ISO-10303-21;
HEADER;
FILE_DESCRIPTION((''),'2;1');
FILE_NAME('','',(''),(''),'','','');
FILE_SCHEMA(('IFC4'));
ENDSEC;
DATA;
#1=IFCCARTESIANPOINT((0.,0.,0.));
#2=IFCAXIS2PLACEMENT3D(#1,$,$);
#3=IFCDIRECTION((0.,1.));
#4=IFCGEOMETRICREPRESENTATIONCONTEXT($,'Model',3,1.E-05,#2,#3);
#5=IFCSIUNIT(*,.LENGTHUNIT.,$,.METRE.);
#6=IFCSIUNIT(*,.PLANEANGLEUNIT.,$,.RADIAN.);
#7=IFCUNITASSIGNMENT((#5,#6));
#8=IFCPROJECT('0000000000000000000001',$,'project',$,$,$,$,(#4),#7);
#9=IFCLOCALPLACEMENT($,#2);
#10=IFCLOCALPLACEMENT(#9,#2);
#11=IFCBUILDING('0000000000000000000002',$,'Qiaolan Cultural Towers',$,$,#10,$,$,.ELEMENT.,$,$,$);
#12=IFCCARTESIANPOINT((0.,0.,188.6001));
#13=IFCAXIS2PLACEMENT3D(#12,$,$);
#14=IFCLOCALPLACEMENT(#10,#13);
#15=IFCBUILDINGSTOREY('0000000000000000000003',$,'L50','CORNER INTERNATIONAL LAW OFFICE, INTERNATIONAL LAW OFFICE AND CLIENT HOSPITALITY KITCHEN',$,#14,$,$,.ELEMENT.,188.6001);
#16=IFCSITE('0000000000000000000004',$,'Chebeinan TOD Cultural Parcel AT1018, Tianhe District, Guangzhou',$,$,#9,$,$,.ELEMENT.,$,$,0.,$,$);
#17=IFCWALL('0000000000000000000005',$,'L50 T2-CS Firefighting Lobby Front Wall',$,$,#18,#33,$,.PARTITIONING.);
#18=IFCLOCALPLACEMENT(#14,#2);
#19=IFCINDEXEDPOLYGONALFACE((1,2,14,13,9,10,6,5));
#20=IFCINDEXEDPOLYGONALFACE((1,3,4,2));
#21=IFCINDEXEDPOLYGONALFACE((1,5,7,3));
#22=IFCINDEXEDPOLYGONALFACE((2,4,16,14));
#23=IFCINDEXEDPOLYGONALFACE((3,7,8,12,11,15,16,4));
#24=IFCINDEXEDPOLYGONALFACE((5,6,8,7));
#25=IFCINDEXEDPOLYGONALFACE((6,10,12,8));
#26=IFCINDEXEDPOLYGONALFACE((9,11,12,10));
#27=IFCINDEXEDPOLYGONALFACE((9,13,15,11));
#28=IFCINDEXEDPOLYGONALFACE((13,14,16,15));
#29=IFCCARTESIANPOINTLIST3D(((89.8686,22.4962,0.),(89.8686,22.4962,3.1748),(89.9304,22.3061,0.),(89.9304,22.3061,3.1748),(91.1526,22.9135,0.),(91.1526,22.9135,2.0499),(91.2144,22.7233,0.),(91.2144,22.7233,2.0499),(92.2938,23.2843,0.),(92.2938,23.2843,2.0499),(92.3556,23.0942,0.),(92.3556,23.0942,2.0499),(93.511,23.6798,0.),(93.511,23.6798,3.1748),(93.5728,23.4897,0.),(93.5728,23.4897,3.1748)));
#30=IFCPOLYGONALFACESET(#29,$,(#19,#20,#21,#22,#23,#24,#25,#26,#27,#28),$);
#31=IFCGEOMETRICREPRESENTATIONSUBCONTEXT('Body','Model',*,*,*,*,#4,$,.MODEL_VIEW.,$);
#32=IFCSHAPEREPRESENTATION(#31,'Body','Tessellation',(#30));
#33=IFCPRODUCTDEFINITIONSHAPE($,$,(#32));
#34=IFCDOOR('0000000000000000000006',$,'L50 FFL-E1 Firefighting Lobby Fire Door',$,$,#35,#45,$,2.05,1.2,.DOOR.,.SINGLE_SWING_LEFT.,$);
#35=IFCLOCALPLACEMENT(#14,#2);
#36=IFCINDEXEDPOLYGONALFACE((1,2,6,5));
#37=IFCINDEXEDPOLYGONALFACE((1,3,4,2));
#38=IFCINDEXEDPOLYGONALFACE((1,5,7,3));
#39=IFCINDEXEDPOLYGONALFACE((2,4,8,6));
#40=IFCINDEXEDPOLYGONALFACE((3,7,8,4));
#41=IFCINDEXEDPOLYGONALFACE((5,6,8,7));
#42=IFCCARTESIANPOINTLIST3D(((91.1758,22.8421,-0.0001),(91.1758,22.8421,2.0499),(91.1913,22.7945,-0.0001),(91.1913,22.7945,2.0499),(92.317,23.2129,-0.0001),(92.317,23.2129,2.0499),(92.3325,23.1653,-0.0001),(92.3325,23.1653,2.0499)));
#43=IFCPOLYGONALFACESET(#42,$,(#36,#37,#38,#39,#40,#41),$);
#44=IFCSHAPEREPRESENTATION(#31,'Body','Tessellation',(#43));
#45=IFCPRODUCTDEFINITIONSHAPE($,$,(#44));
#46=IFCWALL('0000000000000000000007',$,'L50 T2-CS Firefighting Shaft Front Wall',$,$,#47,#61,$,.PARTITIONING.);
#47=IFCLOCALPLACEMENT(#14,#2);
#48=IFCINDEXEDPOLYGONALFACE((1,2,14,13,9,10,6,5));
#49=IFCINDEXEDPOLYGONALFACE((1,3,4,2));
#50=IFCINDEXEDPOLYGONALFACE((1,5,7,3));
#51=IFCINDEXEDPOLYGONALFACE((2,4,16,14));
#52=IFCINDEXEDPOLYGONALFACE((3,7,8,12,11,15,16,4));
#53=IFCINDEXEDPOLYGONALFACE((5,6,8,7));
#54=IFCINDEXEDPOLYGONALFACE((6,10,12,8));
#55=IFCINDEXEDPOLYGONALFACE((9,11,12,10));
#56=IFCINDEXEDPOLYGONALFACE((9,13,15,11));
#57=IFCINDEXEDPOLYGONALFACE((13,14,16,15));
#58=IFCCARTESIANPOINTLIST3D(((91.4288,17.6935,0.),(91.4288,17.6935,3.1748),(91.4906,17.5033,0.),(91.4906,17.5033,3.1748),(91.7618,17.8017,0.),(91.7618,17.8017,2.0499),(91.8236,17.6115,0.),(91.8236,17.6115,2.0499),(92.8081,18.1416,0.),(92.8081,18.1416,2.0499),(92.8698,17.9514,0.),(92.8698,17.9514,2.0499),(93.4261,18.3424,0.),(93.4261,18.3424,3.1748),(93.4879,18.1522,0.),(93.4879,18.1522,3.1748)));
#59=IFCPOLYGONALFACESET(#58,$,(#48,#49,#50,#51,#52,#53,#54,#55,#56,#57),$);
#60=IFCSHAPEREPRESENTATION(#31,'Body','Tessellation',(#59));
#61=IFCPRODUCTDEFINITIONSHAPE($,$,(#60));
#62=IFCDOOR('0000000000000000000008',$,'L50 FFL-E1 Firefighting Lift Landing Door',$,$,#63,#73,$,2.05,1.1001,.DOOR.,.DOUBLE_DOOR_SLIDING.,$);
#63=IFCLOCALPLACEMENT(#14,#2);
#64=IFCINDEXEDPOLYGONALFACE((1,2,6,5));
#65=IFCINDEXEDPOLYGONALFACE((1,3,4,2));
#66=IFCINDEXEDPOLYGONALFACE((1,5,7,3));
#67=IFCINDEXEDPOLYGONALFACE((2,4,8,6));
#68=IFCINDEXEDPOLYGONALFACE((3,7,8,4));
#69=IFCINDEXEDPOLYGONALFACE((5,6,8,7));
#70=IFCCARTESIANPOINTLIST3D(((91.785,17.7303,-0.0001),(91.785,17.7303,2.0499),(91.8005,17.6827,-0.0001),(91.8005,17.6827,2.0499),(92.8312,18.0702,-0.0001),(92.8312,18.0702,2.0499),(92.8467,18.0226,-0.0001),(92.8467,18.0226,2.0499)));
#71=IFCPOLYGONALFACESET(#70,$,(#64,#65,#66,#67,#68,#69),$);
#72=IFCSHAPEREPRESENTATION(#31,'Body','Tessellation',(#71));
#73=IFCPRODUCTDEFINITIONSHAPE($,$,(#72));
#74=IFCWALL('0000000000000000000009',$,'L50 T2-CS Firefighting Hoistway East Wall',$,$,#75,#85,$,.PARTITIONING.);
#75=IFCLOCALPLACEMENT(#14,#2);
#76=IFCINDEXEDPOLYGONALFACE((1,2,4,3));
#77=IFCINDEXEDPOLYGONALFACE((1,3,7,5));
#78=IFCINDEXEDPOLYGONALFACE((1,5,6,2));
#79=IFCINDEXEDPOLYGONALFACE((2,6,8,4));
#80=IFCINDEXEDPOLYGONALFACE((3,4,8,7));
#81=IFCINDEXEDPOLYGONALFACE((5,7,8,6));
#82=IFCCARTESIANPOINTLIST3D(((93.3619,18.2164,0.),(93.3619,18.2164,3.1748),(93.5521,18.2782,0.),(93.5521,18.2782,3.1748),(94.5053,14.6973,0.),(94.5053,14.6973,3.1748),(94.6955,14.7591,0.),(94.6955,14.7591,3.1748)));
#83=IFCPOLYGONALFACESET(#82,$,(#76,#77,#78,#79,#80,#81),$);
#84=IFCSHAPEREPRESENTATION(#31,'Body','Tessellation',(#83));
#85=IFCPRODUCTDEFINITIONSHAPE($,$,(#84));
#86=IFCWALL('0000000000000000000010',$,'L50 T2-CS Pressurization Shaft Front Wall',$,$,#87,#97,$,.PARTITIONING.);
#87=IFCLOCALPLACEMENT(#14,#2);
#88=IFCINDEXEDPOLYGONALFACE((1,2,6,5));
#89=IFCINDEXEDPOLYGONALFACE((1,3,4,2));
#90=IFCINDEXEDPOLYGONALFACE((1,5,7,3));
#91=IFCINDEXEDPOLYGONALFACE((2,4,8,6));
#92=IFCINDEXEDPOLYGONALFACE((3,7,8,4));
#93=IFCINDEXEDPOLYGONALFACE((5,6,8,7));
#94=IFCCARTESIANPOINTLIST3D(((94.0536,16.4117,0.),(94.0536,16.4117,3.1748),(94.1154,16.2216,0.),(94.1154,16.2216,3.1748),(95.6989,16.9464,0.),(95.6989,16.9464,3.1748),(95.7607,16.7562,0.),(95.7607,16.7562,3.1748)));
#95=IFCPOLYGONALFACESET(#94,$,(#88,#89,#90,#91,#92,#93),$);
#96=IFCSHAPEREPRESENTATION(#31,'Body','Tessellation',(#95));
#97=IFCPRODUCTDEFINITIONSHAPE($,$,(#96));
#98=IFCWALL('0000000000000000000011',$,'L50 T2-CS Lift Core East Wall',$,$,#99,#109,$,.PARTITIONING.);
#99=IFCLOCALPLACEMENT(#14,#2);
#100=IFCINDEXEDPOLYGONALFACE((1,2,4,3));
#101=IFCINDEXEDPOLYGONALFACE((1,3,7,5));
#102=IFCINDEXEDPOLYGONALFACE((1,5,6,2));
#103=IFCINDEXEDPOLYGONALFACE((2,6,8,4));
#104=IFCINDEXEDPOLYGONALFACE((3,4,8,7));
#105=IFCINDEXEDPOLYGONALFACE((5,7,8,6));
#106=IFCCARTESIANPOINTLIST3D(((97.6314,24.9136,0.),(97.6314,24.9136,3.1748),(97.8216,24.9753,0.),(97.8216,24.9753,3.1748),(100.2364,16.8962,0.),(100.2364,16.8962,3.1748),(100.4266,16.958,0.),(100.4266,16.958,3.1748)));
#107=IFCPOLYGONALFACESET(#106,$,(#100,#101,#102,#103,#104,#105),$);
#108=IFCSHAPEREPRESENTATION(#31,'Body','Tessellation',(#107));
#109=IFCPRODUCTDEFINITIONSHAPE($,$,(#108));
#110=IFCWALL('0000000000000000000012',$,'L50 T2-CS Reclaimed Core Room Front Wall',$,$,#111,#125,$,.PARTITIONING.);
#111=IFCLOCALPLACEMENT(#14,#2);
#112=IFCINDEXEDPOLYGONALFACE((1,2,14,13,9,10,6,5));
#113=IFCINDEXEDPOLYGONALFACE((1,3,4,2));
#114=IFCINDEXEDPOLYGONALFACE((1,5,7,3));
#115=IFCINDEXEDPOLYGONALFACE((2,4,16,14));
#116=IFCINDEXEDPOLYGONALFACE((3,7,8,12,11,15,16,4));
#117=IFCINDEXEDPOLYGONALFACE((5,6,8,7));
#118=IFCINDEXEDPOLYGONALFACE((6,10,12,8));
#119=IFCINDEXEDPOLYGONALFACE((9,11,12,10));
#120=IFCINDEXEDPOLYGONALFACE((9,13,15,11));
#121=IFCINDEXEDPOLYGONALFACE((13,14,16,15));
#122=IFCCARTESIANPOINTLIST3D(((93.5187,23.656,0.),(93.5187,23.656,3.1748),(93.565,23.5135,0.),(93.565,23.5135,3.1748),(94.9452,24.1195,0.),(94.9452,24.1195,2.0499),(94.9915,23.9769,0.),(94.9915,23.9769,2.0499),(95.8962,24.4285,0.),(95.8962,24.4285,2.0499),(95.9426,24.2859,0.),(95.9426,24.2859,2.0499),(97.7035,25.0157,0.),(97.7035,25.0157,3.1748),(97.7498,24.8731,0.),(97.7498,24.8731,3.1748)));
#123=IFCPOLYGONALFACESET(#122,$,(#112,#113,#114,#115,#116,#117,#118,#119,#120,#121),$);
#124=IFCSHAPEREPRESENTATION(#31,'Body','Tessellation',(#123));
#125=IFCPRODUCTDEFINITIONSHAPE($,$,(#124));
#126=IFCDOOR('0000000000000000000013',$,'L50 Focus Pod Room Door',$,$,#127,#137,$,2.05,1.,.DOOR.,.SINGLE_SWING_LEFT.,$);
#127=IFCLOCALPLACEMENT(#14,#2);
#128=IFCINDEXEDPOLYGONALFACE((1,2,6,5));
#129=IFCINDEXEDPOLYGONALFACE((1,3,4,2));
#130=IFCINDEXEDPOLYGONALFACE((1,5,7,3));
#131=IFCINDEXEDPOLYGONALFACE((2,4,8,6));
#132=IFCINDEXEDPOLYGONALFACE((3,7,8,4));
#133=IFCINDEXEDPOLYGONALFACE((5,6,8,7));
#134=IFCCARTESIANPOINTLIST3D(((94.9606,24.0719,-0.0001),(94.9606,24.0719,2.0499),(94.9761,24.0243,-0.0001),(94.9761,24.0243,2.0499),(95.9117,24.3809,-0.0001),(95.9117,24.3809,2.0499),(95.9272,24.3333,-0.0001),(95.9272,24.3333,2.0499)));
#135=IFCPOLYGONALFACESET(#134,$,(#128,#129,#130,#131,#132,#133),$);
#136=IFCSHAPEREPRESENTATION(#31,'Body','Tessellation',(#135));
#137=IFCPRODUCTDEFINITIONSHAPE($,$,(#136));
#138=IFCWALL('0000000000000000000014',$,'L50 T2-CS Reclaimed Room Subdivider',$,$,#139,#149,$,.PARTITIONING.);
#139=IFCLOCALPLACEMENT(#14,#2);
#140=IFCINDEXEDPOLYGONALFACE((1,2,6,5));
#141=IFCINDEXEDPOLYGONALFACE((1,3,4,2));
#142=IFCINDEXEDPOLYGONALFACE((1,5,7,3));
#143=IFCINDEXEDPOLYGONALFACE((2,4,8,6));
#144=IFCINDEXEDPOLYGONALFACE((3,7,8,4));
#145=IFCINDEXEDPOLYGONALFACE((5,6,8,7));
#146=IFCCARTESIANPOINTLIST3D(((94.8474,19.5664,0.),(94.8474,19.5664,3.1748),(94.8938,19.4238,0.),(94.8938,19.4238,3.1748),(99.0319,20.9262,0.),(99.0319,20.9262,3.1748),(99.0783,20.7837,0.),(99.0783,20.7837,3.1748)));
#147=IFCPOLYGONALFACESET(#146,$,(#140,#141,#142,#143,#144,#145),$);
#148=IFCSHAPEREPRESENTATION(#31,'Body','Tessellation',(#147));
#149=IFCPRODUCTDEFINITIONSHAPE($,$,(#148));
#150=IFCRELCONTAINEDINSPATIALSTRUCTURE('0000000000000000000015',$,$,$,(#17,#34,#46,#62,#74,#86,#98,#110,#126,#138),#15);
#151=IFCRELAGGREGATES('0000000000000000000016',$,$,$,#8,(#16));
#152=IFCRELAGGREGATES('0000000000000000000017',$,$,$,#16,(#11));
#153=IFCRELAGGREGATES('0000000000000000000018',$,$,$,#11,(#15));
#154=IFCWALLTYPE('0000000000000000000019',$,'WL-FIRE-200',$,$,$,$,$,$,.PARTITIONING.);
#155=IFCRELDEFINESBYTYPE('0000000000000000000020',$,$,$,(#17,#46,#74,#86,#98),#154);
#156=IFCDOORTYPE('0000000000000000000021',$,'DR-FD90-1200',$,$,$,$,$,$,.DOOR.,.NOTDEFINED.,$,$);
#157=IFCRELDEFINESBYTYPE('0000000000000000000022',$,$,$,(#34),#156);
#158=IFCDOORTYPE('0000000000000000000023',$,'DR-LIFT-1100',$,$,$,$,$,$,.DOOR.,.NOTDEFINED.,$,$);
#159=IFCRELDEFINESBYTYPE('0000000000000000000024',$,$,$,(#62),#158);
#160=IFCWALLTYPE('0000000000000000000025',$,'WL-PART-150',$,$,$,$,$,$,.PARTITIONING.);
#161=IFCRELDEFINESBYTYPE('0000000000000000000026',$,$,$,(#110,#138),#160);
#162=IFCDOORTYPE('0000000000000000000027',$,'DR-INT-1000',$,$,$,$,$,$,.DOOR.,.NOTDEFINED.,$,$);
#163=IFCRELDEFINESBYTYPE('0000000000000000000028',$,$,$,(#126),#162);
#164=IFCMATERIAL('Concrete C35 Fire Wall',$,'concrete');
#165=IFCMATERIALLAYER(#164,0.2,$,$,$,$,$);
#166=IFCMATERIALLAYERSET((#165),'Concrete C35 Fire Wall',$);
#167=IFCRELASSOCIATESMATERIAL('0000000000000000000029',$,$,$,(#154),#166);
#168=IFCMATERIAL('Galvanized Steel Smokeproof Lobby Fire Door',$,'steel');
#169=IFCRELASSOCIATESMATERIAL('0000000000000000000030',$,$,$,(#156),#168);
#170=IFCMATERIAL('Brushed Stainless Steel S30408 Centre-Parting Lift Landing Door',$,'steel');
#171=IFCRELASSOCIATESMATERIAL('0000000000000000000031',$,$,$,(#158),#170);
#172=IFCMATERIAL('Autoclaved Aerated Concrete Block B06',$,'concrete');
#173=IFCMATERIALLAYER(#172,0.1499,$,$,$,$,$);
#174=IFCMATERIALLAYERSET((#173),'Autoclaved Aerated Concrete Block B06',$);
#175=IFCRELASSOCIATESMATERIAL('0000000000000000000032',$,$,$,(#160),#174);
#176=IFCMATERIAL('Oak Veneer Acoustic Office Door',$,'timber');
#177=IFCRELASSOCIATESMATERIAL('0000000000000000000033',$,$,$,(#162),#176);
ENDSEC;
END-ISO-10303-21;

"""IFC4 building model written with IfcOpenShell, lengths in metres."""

from ifc_helpers import new_model, si_unit, direction, frame, frame_2d, origin, place, context, subcontext, project, spatial, rectangle, extrude, material, layer, layer_set, type_object, element, fill, save


model = new_model("IFC4")

# Units and contexts
model_context = context("Model", 3, precision=1e-05, world=origin(), true_north=direction((0.0, 1.0)))
body_context = subcontext(model_context, "Body", "Model", "MODEL_VIEW")
ifc_project = project(units=[si_unit("LENGTHUNIT", "METRE"), si_unit("PLANEANGLEUNIT", "RADIAN")], contexts=[model_context])

# Site, building, storey
site_placement = place(None, origin())
site = spatial("IfcSite", under=ifc_project, at=site_placement, Name="Chebeinan TOD Cultural Parcel AT1018, Tianhe District, Guangzhou", CompositionType="ELEMENT", RefElevation=0.0)
building_placement = place(site_placement, origin())
building = spatial("IfcBuilding", under=site, at=building_placement, Name="Qiaolan Cultural Towers", CompositionType="ELEMENT")
storey_placement = place(building_placement, frame((0.0, 0.0, 188.6001)))
storey = spatial("IfcBuildingStorey", under=building, at=storey_placement, Name="L50", Description="CORNER INTERNATIONAL LAW OFFICE, INTERNATIONAL LAW OFFICE AND CLIENT HOSPITALITY KITCHEN", CompositionType="ELEMENT", Elevation=188.6001)

# Shared definitions
ifc_material_1 = material(Name="Concrete C35 Fire Wall", Category="concrete")
ifc_layer_1 = layer(ifc_material_1, 0.2)
ifc_layer_set_1 = layer_set([ifc_layer_1], Name="Concrete C35 Fire Wall")
wall_type_1 = type_object("IfcWallType", Name="WL-FIRE-200", PredefinedType="PARTITIONING", material=ifc_layer_set_1)

# Walls, openings, doors
wall_1_placement = place(storey_placement, frame((89.8994, 22.4011, 0.0), z_axis=(0.0, 0.0, 1.0), x_axis=(0.951047, 0.309047, 0.0)))
wall_1 = element("IfcWall", 1, at=wall_1_placement, inside=storey, type_object=wall_type_1, Name="L50 T2-CS Firefighting Lobby Front Wall", PredefinedType="PARTITIONING", context=body_context, shape_type="SweptSolid", body=[
    extrude(rectangle(XDim=3.8298, YDim=0.2, at=frame_2d((1.915, 0.0))), origin(), (0.0, 0.0, 1.0), 3.1748),
])
opening_1_placement = place(wall_1_placement, frame((1.3501, 0.0, 0.0)))
opening_1 = element("IfcOpeningElement", 2, at=opening_1_placement, cuts=wall_1, PredefinedType="OPENING", context=body_context, shape_type="SweptSolid", body=[
    extrude(rectangle(XDim=1.2, YDim=2.05, at=frame_2d((0.6001, 1.0249))), frame((0.0, 0.1099, 0.0), z_axis=(0.0, -1.0, 0.0), x_axis=(1.0, 0.0, 0.0)), (0.0, 0.0, 1.0), 0.22),
])
ifc_material_2 = material(Name="Galvanized Steel Smokeproof Lobby Fire Door", Category="steel")
door_type_1 = type_object("IfcDoorType", Name="DR-FD90-1200", OperationType="NOTDEFINED", PredefinedType="DOOR", material=ifc_material_2)
door_1_placement = place(opening_1_placement, origin())
door_1 = element("IfcDoor", 3, at=door_1_placement, inside=storey, type_object=door_type_1, Name="L50 FFL-E1 Firefighting Lobby Fire Door", OperationType="SINGLE_SWING_LEFT", OverallHeight=2.05, OverallWidth=1.2, PredefinedType="DOOR", context=body_context, shape_type="SweptSolid", body=[
    extrude(rectangle(XDim=1.2, YDim=2.05, at=frame_2d((0.6001, 1.0249))), frame((0.0, 0.0249, 0.0), z_axis=(0.0, -1.0, 0.0), x_axis=(1.0, 0.0, 0.0)), (0.0, 0.0, 1.0), 0.05),
])
fill(opening_1, door_1)
wall_2_placement = place(storey_placement, frame((91.4597, 17.5984, 0.0), z_axis=(0.0, 0.0, 1.0), x_axis=(0.951062, 0.308999, 0.0)))
wall_2 = element("IfcWall", 4, at=wall_2_placement, inside=storey, type_object=wall_type_1, Name="L50 T2-CS Firefighting Shaft Front Wall", PredefinedType="PARTITIONING", context=body_context, shape_type="SweptSolid", body=[
    extrude(rectangle(XDim=2.1001, YDim=0.2, at=frame_2d((1.05, 0.0))), origin(), (0.0, 0.0, 1.0), 3.1748),
])
opening_2_placement = place(wall_2_placement, frame((0.3501, 0.0, 0.0)))
opening_2 = element("IfcOpeningElement", 5, at=opening_2_placement, cuts=wall_2, PredefinedType="OPENING", context=body_context, shape_type="SweptSolid", body=[
    extrude(rectangle(XDim=1.1001, YDim=2.05, at=frame_2d((0.55, 1.0249))), frame((0.0, 0.1099, 0.0), z_axis=(0.0, -1.0, 0.0), x_axis=(1.0, 0.0, 0.0)), (0.0, 0.0, 1.0), 0.22),
])
ifc_material_3 = material(Name="Brushed Stainless Steel S30408 Centre-Parting Lift Landing Door", Category="steel")
door_type_2 = type_object("IfcDoorType", Name="DR-LIFT-1100", OperationType="NOTDEFINED", PredefinedType="DOOR", material=ifc_material_3)
door_2_placement = place(opening_2_placement, origin())
door_2 = element("IfcDoor", 6, at=door_2_placement, inside=storey, type_object=door_type_2, Name="L50 FFL-E1 Firefighting Lift Landing Door", OperationType="DOUBLE_DOOR_SLIDING", OverallHeight=2.05, OverallWidth=1.1001, PredefinedType="DOOR", context=body_context, shape_type="SweptSolid", body=[
    extrude(rectangle(XDim=1.1001, YDim=2.05, at=frame_2d((0.55, 1.0249))), frame((0.0, 0.0249, 0.0), z_axis=(0.0, -1.0, 0.0), x_axis=(1.0, 0.0, 0.0)), (0.0, 0.0, 1.0), 0.05),
])
fill(opening_2, door_2)

# Walls
wall_3_placement = place(storey_placement, frame((93.457, 18.2473, 0.0), z_axis=(0.0, 0.0, 1.0), x_axis=(0.308994, -0.951064, 0.0)))
element("IfcWall", 7, at=wall_3_placement, inside=storey, type_object=wall_type_1, Name="L50 T2-CS Firefighting Hoistway East Wall", PredefinedType="PARTITIONING", context=body_context, shape_type="SweptSolid", body=[
    extrude(rectangle(XDim=3.7002, YDim=0.2, at=frame_2d((1.8501, 0.0))), origin(), (0.0, 0.0, 1.0), 3.1748),
])
wall_4_placement = place(storey_placement, frame((94.0845, 16.3167, 0.0), z_axis=(0.0, 0.0, 1.0), x_axis=(0.951041, 0.309064, 0.0)))
element("IfcWall", 8, at=wall_4_placement, inside=storey, type_object=wall_type_1, Name="L50 T2-CS Pressurization Shaft Front Wall", PredefinedType="PARTITIONING", context=body_context, shape_type="SweptSolid", body=[
    extrude(rectangle(XDim=1.73, YDim=0.2, at=frame_2d((0.865, 0.0))), origin(), (0.0, 0.0, 1.0), 3.1748),
])
wall_5_placement = place(storey_placement, frame((97.7266, 24.9443, 0.0), z_axis=(0.0, 0.0, 1.0), x_axis=(0.309016, -0.951057, 0.0)))
element("IfcWall", 9, at=wall_5_placement, inside=storey, type_object=wall_type_1, Name="L50 T2-CS Lift Core East Wall", PredefinedType="PARTITIONING", context=body_context, shape_type="SweptSolid", body=[
    extrude(rectangle(XDim=8.4299, YDim=0.2, at=frame_2d((4.2148, 0.0))), origin(), (0.0, 0.0, 1.0), 3.1748),
])

# Wall, opening, door
ifc_material_4 = material(Name="Autoclaved Aerated Concrete Block B06", Category="concrete")
ifc_layer_2 = layer(ifc_material_4, 0.1499)
ifc_layer_set_2 = layer_set([ifc_layer_2], Name="Autoclaved Aerated Concrete Block B06")
wall_type_2 = type_object("IfcWallType", Name="WL-PART-150", PredefinedType="PARTITIONING", material=ifc_layer_set_2)
wall_6_placement = place(storey_placement, frame((93.5417, 23.5847, 0.0), z_axis=(0.0, 0.0, 1.0), x_axis=(0.951064, 0.308994, 0.0)))
wall_6 = element("IfcWall", 10, at=wall_6_placement, inside=storey, type_object=wall_type_2, Name="L50 T2-CS Reclaimed Core Room Front Wall", PredefinedType="PARTITIONING", context=body_context, shape_type="SweptSolid", body=[
    extrude(rectangle(XDim=4.4001, YDim=0.1499, at=frame_2d((2.2002, 0.0))), origin(), (0.0, 0.0, 1.0), 3.1748),
])
opening_3_placement = place(wall_6_placement, frame((1.5, 0.0, 0.0)))
opening_3 = element("IfcOpeningElement", 11, at=opening_3_placement, cuts=wall_6, PredefinedType="OPENING", context=body_context, shape_type="SweptSolid", body=[
    extrude(rectangle(XDim=1.0, YDim=2.05, at=frame_2d((0.5, 1.0249))), frame((0.0, 0.085, 0.0), z_axis=(0.0, -1.0, 0.0), x_axis=(1.0, 0.0, 0.0)), (0.0, 0.0, 1.0), 0.1699),
])
ifc_material_5 = material(Name="Oak Veneer Acoustic Office Door", Category="timber")
door_type_3 = type_object("IfcDoorType", Name="DR-INT-1000", OperationType="NOTDEFINED", PredefinedType="DOOR", material=ifc_material_5)
door_3_placement = place(opening_3_placement, origin())
door_3 = element("IfcDoor", 12, at=door_3_placement, inside=storey, type_object=door_type_3, Name="L50 Focus Pod Room Door", OperationType="SINGLE_SWING_LEFT", OverallHeight=2.05, OverallWidth=1.0, PredefinedType="DOOR", context=body_context, shape_type="SweptSolid", body=[
    extrude(rectangle(XDim=1.0, YDim=2.05, at=frame_2d((0.5, 1.0249))), frame((0.0, 0.0249, 0.0), z_axis=(0.0, -1.0, 0.0), x_axis=(1.0, 0.0, 0.0)), (0.0, 0.0, 1.0), 0.05),
])
fill(opening_3, door_3)

# Wall
wall_7_placement = place(storey_placement, frame((94.8706, 19.4951, 0.0), z_axis=(0.0, 0.0, 1.0), x_axis=(0.951042, 0.309061, 0.0)))
element("IfcWall", 13, at=wall_7_placement, inside=storey, type_object=wall_type_2, Name="L50 T2-CS Reclaimed Room Subdivider", PredefinedType="PARTITIONING", context=body_context, shape_type="SweptSolid", body=[
    extrude(rectangle(XDim=4.3999, YDim=0.1499, at=frame_2d((2.2, 0.0))), origin(), (0.0, 0.0, 1.0), 3.1748),
])

save(model, "model.ifc")
